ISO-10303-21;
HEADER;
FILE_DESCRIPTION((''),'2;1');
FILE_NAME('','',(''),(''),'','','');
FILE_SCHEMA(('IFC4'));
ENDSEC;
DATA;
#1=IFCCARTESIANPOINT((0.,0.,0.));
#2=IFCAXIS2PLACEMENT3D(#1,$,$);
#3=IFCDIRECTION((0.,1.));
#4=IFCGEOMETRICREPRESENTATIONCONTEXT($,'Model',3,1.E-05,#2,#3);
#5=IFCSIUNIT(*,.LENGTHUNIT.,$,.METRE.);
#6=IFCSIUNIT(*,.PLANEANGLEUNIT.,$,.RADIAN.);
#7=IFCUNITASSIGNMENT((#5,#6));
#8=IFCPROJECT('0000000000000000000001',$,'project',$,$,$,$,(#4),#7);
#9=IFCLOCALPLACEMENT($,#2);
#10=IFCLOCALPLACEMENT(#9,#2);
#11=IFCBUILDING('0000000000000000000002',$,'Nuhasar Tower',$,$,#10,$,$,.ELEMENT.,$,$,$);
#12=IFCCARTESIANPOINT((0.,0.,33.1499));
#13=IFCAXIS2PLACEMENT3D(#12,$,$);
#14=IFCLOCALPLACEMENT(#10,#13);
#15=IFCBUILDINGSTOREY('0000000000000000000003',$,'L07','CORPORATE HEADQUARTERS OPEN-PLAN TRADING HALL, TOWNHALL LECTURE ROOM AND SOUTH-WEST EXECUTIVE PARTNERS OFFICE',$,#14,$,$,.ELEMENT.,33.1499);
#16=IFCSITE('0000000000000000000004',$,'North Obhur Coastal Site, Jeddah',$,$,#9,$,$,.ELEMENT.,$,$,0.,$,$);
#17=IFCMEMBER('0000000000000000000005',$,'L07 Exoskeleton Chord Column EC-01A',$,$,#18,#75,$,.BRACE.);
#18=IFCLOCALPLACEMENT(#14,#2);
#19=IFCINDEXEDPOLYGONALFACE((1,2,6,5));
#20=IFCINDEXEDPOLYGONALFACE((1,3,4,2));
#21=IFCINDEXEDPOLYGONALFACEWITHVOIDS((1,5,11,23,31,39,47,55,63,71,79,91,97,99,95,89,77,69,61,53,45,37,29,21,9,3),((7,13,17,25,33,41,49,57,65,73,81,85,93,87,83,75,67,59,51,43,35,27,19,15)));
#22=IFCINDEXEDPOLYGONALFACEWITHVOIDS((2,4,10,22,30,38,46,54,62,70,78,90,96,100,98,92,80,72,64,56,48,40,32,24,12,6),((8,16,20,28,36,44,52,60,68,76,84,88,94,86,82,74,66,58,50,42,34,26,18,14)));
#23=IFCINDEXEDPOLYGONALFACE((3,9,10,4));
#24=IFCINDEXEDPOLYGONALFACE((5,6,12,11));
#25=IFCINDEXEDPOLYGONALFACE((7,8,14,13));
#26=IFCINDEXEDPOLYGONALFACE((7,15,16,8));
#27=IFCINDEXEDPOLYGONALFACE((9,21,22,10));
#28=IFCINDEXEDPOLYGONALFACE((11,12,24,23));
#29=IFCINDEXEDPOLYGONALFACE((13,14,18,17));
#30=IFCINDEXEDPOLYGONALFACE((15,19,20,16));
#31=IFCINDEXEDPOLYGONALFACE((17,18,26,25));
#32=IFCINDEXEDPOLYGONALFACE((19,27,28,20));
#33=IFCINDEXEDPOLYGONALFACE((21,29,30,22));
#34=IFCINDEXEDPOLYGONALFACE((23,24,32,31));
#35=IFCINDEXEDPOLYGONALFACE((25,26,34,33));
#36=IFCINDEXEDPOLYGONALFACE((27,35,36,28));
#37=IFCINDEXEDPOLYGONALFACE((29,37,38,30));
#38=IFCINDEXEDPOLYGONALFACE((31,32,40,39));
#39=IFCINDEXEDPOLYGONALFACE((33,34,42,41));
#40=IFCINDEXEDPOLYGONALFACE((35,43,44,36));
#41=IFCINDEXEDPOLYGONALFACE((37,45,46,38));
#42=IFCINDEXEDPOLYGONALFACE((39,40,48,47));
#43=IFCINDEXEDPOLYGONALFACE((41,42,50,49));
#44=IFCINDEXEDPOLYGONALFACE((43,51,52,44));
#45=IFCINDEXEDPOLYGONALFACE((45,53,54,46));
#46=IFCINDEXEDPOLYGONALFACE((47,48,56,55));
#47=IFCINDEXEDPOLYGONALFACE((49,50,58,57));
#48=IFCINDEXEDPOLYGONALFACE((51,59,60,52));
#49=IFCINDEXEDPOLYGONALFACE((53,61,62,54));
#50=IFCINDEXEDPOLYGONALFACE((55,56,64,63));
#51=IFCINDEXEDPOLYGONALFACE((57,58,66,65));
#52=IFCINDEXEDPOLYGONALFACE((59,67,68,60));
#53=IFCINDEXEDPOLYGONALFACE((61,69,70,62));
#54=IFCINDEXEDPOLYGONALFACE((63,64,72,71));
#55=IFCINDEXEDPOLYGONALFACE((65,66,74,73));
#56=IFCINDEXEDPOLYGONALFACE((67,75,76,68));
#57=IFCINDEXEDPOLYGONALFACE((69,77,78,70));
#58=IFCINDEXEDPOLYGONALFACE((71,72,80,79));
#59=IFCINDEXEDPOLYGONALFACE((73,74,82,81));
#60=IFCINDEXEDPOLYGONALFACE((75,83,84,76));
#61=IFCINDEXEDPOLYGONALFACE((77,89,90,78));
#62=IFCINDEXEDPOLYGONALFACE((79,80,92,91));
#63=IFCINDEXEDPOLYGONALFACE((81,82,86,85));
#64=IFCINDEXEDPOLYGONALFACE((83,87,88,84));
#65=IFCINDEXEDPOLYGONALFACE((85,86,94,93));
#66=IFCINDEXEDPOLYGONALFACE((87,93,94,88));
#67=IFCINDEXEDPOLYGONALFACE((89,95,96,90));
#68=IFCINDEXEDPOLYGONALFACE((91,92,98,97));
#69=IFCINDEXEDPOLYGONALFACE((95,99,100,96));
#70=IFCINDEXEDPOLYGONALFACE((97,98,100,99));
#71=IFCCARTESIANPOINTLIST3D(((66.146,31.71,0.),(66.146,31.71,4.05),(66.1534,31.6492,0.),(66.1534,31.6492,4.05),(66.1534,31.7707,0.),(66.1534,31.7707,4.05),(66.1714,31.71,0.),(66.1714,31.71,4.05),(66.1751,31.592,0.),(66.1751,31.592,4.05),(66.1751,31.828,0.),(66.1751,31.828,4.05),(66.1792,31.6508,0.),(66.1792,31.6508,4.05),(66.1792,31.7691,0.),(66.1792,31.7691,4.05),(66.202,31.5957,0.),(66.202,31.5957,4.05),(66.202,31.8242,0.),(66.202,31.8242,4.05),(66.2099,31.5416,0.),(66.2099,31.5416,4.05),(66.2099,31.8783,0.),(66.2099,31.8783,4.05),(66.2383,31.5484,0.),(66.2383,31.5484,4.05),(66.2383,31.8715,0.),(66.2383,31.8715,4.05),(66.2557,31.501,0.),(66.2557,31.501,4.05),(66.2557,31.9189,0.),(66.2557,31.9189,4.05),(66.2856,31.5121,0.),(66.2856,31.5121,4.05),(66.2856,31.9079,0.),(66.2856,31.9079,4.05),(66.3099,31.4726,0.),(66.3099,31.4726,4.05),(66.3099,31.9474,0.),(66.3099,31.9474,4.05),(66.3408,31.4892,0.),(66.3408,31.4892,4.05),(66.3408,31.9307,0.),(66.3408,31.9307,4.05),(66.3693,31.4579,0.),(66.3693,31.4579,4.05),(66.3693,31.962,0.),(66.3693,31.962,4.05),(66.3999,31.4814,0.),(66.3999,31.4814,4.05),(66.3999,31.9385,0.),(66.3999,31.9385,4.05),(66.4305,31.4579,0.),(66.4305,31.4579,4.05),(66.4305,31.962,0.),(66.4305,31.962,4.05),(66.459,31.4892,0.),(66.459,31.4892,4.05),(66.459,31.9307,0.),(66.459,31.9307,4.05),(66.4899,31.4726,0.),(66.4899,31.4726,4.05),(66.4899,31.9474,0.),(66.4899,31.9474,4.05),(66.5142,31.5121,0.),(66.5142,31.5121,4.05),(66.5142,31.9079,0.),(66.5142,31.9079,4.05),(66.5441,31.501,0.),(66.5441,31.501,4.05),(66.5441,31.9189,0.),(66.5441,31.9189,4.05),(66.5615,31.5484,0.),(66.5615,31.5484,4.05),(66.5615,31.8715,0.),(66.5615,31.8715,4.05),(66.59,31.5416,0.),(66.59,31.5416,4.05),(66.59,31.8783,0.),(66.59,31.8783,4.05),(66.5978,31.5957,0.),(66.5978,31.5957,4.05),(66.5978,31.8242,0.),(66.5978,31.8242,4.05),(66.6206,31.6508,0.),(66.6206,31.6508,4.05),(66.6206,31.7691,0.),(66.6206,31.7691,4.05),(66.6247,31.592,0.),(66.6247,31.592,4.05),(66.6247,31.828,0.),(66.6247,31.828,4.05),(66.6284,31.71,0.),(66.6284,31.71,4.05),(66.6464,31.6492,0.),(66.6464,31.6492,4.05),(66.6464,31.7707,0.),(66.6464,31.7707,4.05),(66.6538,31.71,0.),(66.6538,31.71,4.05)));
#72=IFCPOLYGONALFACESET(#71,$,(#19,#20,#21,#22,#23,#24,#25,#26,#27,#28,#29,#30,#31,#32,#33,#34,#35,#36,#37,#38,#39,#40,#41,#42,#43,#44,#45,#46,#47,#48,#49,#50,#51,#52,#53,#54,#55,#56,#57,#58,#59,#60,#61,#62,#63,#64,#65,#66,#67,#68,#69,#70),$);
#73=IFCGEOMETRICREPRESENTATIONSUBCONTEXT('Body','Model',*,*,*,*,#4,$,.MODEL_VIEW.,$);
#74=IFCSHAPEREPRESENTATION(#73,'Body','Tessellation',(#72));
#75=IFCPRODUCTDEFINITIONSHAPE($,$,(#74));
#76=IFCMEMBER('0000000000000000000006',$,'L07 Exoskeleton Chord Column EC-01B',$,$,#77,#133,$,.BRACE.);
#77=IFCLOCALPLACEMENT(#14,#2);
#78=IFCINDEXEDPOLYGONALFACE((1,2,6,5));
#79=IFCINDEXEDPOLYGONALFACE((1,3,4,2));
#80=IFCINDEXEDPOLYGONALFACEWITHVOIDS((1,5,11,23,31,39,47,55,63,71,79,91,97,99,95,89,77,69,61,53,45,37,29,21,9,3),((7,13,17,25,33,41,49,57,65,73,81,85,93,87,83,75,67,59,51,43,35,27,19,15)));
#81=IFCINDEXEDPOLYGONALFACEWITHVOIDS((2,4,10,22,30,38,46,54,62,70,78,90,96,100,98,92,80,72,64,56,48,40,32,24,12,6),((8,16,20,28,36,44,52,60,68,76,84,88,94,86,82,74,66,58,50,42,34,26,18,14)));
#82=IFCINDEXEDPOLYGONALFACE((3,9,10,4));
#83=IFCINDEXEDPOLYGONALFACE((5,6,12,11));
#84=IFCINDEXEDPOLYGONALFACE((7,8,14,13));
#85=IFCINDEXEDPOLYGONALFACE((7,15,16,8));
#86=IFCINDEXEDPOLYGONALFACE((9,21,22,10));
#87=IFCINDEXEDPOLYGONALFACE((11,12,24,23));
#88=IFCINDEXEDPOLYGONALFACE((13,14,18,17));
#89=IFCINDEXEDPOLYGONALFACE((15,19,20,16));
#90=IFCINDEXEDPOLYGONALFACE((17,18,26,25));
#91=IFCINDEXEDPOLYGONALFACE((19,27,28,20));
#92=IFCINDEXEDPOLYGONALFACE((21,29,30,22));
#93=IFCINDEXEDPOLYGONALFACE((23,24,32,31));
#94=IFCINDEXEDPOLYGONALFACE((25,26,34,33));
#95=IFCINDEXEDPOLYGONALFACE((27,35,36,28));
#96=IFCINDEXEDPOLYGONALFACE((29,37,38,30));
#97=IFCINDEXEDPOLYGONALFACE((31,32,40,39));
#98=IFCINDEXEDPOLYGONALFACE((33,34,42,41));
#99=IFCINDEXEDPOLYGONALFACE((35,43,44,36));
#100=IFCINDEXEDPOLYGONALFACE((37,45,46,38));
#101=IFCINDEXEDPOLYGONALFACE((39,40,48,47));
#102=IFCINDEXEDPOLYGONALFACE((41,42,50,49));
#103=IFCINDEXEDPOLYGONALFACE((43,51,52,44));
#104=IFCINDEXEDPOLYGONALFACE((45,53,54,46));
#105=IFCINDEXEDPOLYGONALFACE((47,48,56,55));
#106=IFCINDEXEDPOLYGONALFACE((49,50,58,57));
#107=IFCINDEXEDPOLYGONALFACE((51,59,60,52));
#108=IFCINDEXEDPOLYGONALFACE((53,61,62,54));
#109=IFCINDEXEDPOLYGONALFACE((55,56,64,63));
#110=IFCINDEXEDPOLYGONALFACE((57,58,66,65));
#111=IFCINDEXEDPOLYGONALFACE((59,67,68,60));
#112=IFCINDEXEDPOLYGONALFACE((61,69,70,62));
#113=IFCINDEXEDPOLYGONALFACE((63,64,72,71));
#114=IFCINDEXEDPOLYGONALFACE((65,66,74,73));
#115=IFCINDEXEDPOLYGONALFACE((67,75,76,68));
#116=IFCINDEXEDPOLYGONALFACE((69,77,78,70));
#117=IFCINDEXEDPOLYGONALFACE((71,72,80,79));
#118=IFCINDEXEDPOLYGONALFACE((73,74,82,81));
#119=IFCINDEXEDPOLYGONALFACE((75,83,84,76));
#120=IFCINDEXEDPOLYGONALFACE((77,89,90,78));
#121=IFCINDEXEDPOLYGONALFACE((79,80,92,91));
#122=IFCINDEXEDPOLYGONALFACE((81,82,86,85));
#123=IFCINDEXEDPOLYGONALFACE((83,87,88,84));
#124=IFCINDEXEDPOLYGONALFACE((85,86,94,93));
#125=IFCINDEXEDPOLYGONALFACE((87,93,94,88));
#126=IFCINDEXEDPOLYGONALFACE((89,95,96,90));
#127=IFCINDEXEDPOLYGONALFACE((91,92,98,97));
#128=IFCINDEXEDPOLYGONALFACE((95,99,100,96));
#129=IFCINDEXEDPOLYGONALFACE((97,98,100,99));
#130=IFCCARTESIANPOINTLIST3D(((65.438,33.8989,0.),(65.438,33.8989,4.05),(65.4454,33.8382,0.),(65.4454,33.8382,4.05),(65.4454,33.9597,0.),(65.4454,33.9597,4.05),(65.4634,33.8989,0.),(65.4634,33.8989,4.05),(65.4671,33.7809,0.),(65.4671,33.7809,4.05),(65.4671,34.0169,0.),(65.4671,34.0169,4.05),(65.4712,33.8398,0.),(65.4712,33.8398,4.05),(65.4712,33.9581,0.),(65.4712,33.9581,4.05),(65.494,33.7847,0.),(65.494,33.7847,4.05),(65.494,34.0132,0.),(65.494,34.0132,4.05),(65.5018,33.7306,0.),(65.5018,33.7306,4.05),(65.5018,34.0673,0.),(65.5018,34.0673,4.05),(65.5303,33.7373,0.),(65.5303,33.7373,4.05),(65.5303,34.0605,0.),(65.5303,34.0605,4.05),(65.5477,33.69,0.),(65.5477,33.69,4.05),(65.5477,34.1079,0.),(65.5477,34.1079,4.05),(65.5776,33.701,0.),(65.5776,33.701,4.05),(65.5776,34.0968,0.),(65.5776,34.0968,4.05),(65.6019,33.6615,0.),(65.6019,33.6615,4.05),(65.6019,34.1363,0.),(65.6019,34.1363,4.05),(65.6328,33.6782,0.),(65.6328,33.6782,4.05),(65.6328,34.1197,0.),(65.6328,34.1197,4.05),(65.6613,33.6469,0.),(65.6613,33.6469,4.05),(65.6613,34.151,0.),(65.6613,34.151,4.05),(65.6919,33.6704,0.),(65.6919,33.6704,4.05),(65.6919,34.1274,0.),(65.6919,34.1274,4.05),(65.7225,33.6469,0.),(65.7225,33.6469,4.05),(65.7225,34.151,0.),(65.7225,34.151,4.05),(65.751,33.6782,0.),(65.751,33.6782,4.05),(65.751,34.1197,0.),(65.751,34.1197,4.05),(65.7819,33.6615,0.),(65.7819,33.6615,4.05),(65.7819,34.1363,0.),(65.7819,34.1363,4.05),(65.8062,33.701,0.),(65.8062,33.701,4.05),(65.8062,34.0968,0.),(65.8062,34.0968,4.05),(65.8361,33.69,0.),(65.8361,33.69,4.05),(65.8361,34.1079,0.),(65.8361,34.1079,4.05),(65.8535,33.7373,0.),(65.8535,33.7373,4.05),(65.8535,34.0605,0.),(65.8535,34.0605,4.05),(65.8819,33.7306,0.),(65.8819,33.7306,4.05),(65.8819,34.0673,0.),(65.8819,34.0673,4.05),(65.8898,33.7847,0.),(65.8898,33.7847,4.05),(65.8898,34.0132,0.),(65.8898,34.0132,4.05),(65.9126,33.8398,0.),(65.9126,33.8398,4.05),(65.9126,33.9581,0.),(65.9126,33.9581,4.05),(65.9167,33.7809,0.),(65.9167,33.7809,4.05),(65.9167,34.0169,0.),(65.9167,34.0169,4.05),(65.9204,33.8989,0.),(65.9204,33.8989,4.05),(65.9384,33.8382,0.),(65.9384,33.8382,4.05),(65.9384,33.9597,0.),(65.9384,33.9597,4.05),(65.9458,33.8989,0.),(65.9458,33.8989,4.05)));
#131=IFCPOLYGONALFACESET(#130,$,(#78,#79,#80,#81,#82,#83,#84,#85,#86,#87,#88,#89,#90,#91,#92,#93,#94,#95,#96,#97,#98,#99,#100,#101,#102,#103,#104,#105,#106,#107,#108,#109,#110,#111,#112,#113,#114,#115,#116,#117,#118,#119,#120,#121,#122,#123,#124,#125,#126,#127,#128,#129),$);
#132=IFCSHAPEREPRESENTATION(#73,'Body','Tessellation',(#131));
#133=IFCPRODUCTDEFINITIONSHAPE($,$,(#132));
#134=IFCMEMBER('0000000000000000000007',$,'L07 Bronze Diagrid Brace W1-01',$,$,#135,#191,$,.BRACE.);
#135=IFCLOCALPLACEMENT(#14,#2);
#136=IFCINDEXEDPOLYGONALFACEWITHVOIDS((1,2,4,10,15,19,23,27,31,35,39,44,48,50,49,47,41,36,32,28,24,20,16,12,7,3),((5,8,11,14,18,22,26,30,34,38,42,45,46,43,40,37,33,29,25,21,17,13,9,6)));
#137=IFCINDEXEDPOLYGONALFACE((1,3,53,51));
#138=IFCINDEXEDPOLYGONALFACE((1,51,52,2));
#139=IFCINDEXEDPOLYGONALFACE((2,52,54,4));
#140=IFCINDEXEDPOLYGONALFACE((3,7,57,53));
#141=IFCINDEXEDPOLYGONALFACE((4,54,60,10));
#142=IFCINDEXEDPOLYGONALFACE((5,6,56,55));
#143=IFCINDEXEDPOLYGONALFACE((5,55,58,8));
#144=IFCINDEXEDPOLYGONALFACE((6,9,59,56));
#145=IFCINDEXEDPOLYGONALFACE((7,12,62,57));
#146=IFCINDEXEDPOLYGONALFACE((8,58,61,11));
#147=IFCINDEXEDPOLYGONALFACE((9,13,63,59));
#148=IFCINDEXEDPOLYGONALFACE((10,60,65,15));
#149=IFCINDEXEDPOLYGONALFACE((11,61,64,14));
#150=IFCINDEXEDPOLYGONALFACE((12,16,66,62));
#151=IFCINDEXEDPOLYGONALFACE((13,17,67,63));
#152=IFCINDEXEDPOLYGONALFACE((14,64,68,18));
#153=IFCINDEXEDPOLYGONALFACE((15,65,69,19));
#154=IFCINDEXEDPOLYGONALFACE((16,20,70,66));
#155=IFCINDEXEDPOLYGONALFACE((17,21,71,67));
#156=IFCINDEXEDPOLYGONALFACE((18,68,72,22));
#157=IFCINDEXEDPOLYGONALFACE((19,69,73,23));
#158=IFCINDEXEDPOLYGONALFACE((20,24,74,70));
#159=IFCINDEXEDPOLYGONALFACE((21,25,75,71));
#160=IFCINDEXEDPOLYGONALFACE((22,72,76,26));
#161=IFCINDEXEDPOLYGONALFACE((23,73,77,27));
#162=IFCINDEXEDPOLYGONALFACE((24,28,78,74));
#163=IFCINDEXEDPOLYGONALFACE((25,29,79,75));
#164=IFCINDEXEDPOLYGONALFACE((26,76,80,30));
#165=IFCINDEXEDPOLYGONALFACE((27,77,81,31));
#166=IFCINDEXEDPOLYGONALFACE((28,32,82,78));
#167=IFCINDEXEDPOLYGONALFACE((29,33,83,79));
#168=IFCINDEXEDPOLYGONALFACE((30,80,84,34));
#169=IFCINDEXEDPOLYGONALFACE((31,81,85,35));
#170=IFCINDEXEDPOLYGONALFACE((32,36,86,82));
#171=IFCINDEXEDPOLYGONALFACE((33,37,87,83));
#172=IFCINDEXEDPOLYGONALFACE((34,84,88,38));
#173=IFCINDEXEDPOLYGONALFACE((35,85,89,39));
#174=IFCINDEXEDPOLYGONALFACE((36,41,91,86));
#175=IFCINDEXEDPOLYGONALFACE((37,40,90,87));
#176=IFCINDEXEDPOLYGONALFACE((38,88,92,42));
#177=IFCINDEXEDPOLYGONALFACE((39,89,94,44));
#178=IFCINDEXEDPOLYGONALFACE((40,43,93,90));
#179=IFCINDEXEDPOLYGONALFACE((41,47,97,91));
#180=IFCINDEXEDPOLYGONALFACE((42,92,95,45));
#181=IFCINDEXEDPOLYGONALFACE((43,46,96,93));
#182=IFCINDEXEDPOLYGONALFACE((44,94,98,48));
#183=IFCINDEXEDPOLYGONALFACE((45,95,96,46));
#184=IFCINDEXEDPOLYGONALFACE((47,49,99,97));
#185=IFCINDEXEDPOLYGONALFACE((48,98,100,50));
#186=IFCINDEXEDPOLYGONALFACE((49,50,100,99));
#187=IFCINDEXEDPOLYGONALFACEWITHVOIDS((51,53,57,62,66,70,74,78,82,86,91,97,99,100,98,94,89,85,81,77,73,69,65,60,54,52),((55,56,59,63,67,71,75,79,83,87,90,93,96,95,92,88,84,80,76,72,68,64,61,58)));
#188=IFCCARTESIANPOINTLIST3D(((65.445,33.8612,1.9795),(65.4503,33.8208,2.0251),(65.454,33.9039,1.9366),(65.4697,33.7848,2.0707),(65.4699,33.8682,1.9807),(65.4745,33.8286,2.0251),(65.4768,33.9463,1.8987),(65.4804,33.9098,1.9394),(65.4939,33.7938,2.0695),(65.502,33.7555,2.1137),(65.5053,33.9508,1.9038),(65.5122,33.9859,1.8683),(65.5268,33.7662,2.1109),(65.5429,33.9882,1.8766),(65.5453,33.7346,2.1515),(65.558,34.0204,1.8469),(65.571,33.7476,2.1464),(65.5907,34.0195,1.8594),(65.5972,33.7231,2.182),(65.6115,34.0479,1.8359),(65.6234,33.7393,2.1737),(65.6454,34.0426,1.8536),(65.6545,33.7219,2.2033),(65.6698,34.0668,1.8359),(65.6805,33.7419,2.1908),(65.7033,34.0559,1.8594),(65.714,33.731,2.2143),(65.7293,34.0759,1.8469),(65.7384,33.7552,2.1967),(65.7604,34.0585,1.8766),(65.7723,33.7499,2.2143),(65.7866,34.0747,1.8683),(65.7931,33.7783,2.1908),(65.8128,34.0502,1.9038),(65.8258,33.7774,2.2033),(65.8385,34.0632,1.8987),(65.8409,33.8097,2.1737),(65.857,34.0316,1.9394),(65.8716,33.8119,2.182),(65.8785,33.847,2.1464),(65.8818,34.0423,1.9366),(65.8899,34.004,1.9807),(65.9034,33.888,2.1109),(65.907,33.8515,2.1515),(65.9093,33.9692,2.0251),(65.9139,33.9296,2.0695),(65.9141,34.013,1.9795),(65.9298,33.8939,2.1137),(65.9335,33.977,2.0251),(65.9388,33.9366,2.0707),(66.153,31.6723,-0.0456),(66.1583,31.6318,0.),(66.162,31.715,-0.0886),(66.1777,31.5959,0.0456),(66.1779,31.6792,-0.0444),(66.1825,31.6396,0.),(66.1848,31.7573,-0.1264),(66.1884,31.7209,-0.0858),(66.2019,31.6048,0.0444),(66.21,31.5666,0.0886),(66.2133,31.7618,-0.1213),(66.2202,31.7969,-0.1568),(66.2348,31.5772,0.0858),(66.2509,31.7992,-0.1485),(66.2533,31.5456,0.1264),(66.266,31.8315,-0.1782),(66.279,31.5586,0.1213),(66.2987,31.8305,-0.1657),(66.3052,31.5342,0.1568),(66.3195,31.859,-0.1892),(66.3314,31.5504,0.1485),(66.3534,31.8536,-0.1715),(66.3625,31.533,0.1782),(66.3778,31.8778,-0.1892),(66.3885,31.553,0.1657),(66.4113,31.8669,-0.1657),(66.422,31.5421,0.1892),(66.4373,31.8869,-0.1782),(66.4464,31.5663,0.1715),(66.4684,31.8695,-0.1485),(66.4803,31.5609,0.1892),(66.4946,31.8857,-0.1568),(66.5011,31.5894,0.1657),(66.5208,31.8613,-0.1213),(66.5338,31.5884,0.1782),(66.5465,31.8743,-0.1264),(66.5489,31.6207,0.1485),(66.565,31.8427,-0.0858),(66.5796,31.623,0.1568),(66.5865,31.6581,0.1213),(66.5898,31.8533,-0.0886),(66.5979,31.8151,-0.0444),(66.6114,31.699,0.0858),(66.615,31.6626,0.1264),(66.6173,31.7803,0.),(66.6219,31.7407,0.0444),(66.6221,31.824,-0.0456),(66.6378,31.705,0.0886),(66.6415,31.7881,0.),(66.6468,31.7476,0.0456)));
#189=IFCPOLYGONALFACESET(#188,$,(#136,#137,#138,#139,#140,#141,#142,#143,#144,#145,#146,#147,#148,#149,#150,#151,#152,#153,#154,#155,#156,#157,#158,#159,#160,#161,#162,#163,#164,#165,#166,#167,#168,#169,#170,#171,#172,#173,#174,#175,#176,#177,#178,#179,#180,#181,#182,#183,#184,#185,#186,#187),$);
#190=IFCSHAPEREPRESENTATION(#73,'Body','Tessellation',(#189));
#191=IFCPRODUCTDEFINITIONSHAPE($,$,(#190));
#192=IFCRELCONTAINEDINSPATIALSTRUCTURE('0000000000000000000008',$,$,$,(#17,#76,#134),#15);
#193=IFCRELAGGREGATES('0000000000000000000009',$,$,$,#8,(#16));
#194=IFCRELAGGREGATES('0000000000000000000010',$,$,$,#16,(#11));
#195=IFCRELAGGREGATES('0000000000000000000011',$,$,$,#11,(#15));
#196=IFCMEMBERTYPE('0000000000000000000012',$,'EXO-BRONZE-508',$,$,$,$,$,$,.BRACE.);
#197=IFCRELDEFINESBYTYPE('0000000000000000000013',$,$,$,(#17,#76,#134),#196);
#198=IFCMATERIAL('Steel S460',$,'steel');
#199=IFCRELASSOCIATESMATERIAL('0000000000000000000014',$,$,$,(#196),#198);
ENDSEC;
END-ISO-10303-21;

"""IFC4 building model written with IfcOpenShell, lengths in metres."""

from ifc_helpers import new_model, si_unit, direction, frame, origin, origin_2d, place, context, subcontext, project, spatial, hollow_circle, extrude, material, material_profile, profile_set, type_object, element, save


model = new_model("IFC4")

# Units and contexts
model_context = context("Model", 3, precision=1e-05, world=origin(), true_north=direction((0.0, 1.0)))
body_context = subcontext(model_context, "Body", "Model", "MODEL_VIEW")
ifc_project = project(units=[si_unit("LENGTHUNIT", "METRE"), si_unit("PLANEANGLEUNIT", "RADIAN")], contexts=[model_context])

# Site, building, storey
site_placement = place(None, origin())
site = spatial("IfcSite", under=ifc_project, at=site_placement, Name="North Obhur Coastal Site, Jeddah", CompositionType="ELEMENT", RefElevation=0.0)
building_placement = place(site_placement, origin())
building = spatial("IfcBuilding", under=site, at=building_placement, Name="Nuhasar Tower", CompositionType="ELEMENT")
storey_placement = place(building_placement, frame((0.0, 0.0, 33.1499)))
storey = spatial("IfcBuildingStorey", under=building, at=storey_placement, Name="L07", Description="CORPORATE HEADQUARTERS OPEN-PLAN TRADING HALL, TOWNHALL LECTURE ROOM AND SOUTH-WEST EXECUTIVE PARTNERS OFFICE", CompositionType="ELEMENT", Elevation=33.1499)

# Members
ifc_material_1 = material(Name="Steel S460", Category="steel")
ifc_material_profile_1 = material_profile(ifc_material_1, hollow_circle(Radius=0.2539, WallThickness=0.0254, at=origin_2d()), Name="HSS508X25.4")
ifc_profile_set_1 = profile_set([ifc_material_profile_1], Name="Steel S460")
member_type_1 = type_object("IfcMemberType", Name="EXO-BRONZE-508", PredefinedType="BRACE", material=ifc_profile_set_1)
for number, where, z_axis, x_axis, name in (
    (1, (66.3999, 31.71, 0.0), (0.0, 0.0, 1.0), (1.0, 0.0, 0.0), "L07 Exoskeleton Chord Column EC-01A"),
    (2, (65.6919, 33.8989, 0.0), (0.0, 0.0, 1.0), (1.0, 0.0, 0.0), "L07 Exoskeleton Chord Column EC-01B"),
):
    element("IfcMember", number, at=place(storey_placement, frame(where, z_axis=z_axis, x_axis=x_axis)), inside=storey, type_object=member_type_1, Name=name, PredefinedType="BRACE", context=body_context, shape_type="SweptSolid", body=[
        extrude(hollow_circle(Radius=0.2539, WallThickness=0.0254, at=origin_2d()), origin(), (0.0, 0.0, 1.0), 4.05),
    ])
member_1_placement = place(storey_placement, frame((66.3999, 31.71, 0.0), z_axis=(-0.231, 0.714187, 0.660739), x_axis=(-0.951468, -0.307747, 0.0)))
element("IfcMember", 3, at=member_1_placement, inside=storey, type_object=member_type_1, Name="L07 Bronze Diagrid Brace W1-01", PredefinedType="BRACE", context=body_context, shape_type="SweptSolid", body=[
    extrude(hollow_circle(Radius=0.2539, WallThickness=0.0254, at=origin_2d()), origin(), (0.0, 0.0, 1.0), 3.0649),
])

save(model, "model.ifc")
